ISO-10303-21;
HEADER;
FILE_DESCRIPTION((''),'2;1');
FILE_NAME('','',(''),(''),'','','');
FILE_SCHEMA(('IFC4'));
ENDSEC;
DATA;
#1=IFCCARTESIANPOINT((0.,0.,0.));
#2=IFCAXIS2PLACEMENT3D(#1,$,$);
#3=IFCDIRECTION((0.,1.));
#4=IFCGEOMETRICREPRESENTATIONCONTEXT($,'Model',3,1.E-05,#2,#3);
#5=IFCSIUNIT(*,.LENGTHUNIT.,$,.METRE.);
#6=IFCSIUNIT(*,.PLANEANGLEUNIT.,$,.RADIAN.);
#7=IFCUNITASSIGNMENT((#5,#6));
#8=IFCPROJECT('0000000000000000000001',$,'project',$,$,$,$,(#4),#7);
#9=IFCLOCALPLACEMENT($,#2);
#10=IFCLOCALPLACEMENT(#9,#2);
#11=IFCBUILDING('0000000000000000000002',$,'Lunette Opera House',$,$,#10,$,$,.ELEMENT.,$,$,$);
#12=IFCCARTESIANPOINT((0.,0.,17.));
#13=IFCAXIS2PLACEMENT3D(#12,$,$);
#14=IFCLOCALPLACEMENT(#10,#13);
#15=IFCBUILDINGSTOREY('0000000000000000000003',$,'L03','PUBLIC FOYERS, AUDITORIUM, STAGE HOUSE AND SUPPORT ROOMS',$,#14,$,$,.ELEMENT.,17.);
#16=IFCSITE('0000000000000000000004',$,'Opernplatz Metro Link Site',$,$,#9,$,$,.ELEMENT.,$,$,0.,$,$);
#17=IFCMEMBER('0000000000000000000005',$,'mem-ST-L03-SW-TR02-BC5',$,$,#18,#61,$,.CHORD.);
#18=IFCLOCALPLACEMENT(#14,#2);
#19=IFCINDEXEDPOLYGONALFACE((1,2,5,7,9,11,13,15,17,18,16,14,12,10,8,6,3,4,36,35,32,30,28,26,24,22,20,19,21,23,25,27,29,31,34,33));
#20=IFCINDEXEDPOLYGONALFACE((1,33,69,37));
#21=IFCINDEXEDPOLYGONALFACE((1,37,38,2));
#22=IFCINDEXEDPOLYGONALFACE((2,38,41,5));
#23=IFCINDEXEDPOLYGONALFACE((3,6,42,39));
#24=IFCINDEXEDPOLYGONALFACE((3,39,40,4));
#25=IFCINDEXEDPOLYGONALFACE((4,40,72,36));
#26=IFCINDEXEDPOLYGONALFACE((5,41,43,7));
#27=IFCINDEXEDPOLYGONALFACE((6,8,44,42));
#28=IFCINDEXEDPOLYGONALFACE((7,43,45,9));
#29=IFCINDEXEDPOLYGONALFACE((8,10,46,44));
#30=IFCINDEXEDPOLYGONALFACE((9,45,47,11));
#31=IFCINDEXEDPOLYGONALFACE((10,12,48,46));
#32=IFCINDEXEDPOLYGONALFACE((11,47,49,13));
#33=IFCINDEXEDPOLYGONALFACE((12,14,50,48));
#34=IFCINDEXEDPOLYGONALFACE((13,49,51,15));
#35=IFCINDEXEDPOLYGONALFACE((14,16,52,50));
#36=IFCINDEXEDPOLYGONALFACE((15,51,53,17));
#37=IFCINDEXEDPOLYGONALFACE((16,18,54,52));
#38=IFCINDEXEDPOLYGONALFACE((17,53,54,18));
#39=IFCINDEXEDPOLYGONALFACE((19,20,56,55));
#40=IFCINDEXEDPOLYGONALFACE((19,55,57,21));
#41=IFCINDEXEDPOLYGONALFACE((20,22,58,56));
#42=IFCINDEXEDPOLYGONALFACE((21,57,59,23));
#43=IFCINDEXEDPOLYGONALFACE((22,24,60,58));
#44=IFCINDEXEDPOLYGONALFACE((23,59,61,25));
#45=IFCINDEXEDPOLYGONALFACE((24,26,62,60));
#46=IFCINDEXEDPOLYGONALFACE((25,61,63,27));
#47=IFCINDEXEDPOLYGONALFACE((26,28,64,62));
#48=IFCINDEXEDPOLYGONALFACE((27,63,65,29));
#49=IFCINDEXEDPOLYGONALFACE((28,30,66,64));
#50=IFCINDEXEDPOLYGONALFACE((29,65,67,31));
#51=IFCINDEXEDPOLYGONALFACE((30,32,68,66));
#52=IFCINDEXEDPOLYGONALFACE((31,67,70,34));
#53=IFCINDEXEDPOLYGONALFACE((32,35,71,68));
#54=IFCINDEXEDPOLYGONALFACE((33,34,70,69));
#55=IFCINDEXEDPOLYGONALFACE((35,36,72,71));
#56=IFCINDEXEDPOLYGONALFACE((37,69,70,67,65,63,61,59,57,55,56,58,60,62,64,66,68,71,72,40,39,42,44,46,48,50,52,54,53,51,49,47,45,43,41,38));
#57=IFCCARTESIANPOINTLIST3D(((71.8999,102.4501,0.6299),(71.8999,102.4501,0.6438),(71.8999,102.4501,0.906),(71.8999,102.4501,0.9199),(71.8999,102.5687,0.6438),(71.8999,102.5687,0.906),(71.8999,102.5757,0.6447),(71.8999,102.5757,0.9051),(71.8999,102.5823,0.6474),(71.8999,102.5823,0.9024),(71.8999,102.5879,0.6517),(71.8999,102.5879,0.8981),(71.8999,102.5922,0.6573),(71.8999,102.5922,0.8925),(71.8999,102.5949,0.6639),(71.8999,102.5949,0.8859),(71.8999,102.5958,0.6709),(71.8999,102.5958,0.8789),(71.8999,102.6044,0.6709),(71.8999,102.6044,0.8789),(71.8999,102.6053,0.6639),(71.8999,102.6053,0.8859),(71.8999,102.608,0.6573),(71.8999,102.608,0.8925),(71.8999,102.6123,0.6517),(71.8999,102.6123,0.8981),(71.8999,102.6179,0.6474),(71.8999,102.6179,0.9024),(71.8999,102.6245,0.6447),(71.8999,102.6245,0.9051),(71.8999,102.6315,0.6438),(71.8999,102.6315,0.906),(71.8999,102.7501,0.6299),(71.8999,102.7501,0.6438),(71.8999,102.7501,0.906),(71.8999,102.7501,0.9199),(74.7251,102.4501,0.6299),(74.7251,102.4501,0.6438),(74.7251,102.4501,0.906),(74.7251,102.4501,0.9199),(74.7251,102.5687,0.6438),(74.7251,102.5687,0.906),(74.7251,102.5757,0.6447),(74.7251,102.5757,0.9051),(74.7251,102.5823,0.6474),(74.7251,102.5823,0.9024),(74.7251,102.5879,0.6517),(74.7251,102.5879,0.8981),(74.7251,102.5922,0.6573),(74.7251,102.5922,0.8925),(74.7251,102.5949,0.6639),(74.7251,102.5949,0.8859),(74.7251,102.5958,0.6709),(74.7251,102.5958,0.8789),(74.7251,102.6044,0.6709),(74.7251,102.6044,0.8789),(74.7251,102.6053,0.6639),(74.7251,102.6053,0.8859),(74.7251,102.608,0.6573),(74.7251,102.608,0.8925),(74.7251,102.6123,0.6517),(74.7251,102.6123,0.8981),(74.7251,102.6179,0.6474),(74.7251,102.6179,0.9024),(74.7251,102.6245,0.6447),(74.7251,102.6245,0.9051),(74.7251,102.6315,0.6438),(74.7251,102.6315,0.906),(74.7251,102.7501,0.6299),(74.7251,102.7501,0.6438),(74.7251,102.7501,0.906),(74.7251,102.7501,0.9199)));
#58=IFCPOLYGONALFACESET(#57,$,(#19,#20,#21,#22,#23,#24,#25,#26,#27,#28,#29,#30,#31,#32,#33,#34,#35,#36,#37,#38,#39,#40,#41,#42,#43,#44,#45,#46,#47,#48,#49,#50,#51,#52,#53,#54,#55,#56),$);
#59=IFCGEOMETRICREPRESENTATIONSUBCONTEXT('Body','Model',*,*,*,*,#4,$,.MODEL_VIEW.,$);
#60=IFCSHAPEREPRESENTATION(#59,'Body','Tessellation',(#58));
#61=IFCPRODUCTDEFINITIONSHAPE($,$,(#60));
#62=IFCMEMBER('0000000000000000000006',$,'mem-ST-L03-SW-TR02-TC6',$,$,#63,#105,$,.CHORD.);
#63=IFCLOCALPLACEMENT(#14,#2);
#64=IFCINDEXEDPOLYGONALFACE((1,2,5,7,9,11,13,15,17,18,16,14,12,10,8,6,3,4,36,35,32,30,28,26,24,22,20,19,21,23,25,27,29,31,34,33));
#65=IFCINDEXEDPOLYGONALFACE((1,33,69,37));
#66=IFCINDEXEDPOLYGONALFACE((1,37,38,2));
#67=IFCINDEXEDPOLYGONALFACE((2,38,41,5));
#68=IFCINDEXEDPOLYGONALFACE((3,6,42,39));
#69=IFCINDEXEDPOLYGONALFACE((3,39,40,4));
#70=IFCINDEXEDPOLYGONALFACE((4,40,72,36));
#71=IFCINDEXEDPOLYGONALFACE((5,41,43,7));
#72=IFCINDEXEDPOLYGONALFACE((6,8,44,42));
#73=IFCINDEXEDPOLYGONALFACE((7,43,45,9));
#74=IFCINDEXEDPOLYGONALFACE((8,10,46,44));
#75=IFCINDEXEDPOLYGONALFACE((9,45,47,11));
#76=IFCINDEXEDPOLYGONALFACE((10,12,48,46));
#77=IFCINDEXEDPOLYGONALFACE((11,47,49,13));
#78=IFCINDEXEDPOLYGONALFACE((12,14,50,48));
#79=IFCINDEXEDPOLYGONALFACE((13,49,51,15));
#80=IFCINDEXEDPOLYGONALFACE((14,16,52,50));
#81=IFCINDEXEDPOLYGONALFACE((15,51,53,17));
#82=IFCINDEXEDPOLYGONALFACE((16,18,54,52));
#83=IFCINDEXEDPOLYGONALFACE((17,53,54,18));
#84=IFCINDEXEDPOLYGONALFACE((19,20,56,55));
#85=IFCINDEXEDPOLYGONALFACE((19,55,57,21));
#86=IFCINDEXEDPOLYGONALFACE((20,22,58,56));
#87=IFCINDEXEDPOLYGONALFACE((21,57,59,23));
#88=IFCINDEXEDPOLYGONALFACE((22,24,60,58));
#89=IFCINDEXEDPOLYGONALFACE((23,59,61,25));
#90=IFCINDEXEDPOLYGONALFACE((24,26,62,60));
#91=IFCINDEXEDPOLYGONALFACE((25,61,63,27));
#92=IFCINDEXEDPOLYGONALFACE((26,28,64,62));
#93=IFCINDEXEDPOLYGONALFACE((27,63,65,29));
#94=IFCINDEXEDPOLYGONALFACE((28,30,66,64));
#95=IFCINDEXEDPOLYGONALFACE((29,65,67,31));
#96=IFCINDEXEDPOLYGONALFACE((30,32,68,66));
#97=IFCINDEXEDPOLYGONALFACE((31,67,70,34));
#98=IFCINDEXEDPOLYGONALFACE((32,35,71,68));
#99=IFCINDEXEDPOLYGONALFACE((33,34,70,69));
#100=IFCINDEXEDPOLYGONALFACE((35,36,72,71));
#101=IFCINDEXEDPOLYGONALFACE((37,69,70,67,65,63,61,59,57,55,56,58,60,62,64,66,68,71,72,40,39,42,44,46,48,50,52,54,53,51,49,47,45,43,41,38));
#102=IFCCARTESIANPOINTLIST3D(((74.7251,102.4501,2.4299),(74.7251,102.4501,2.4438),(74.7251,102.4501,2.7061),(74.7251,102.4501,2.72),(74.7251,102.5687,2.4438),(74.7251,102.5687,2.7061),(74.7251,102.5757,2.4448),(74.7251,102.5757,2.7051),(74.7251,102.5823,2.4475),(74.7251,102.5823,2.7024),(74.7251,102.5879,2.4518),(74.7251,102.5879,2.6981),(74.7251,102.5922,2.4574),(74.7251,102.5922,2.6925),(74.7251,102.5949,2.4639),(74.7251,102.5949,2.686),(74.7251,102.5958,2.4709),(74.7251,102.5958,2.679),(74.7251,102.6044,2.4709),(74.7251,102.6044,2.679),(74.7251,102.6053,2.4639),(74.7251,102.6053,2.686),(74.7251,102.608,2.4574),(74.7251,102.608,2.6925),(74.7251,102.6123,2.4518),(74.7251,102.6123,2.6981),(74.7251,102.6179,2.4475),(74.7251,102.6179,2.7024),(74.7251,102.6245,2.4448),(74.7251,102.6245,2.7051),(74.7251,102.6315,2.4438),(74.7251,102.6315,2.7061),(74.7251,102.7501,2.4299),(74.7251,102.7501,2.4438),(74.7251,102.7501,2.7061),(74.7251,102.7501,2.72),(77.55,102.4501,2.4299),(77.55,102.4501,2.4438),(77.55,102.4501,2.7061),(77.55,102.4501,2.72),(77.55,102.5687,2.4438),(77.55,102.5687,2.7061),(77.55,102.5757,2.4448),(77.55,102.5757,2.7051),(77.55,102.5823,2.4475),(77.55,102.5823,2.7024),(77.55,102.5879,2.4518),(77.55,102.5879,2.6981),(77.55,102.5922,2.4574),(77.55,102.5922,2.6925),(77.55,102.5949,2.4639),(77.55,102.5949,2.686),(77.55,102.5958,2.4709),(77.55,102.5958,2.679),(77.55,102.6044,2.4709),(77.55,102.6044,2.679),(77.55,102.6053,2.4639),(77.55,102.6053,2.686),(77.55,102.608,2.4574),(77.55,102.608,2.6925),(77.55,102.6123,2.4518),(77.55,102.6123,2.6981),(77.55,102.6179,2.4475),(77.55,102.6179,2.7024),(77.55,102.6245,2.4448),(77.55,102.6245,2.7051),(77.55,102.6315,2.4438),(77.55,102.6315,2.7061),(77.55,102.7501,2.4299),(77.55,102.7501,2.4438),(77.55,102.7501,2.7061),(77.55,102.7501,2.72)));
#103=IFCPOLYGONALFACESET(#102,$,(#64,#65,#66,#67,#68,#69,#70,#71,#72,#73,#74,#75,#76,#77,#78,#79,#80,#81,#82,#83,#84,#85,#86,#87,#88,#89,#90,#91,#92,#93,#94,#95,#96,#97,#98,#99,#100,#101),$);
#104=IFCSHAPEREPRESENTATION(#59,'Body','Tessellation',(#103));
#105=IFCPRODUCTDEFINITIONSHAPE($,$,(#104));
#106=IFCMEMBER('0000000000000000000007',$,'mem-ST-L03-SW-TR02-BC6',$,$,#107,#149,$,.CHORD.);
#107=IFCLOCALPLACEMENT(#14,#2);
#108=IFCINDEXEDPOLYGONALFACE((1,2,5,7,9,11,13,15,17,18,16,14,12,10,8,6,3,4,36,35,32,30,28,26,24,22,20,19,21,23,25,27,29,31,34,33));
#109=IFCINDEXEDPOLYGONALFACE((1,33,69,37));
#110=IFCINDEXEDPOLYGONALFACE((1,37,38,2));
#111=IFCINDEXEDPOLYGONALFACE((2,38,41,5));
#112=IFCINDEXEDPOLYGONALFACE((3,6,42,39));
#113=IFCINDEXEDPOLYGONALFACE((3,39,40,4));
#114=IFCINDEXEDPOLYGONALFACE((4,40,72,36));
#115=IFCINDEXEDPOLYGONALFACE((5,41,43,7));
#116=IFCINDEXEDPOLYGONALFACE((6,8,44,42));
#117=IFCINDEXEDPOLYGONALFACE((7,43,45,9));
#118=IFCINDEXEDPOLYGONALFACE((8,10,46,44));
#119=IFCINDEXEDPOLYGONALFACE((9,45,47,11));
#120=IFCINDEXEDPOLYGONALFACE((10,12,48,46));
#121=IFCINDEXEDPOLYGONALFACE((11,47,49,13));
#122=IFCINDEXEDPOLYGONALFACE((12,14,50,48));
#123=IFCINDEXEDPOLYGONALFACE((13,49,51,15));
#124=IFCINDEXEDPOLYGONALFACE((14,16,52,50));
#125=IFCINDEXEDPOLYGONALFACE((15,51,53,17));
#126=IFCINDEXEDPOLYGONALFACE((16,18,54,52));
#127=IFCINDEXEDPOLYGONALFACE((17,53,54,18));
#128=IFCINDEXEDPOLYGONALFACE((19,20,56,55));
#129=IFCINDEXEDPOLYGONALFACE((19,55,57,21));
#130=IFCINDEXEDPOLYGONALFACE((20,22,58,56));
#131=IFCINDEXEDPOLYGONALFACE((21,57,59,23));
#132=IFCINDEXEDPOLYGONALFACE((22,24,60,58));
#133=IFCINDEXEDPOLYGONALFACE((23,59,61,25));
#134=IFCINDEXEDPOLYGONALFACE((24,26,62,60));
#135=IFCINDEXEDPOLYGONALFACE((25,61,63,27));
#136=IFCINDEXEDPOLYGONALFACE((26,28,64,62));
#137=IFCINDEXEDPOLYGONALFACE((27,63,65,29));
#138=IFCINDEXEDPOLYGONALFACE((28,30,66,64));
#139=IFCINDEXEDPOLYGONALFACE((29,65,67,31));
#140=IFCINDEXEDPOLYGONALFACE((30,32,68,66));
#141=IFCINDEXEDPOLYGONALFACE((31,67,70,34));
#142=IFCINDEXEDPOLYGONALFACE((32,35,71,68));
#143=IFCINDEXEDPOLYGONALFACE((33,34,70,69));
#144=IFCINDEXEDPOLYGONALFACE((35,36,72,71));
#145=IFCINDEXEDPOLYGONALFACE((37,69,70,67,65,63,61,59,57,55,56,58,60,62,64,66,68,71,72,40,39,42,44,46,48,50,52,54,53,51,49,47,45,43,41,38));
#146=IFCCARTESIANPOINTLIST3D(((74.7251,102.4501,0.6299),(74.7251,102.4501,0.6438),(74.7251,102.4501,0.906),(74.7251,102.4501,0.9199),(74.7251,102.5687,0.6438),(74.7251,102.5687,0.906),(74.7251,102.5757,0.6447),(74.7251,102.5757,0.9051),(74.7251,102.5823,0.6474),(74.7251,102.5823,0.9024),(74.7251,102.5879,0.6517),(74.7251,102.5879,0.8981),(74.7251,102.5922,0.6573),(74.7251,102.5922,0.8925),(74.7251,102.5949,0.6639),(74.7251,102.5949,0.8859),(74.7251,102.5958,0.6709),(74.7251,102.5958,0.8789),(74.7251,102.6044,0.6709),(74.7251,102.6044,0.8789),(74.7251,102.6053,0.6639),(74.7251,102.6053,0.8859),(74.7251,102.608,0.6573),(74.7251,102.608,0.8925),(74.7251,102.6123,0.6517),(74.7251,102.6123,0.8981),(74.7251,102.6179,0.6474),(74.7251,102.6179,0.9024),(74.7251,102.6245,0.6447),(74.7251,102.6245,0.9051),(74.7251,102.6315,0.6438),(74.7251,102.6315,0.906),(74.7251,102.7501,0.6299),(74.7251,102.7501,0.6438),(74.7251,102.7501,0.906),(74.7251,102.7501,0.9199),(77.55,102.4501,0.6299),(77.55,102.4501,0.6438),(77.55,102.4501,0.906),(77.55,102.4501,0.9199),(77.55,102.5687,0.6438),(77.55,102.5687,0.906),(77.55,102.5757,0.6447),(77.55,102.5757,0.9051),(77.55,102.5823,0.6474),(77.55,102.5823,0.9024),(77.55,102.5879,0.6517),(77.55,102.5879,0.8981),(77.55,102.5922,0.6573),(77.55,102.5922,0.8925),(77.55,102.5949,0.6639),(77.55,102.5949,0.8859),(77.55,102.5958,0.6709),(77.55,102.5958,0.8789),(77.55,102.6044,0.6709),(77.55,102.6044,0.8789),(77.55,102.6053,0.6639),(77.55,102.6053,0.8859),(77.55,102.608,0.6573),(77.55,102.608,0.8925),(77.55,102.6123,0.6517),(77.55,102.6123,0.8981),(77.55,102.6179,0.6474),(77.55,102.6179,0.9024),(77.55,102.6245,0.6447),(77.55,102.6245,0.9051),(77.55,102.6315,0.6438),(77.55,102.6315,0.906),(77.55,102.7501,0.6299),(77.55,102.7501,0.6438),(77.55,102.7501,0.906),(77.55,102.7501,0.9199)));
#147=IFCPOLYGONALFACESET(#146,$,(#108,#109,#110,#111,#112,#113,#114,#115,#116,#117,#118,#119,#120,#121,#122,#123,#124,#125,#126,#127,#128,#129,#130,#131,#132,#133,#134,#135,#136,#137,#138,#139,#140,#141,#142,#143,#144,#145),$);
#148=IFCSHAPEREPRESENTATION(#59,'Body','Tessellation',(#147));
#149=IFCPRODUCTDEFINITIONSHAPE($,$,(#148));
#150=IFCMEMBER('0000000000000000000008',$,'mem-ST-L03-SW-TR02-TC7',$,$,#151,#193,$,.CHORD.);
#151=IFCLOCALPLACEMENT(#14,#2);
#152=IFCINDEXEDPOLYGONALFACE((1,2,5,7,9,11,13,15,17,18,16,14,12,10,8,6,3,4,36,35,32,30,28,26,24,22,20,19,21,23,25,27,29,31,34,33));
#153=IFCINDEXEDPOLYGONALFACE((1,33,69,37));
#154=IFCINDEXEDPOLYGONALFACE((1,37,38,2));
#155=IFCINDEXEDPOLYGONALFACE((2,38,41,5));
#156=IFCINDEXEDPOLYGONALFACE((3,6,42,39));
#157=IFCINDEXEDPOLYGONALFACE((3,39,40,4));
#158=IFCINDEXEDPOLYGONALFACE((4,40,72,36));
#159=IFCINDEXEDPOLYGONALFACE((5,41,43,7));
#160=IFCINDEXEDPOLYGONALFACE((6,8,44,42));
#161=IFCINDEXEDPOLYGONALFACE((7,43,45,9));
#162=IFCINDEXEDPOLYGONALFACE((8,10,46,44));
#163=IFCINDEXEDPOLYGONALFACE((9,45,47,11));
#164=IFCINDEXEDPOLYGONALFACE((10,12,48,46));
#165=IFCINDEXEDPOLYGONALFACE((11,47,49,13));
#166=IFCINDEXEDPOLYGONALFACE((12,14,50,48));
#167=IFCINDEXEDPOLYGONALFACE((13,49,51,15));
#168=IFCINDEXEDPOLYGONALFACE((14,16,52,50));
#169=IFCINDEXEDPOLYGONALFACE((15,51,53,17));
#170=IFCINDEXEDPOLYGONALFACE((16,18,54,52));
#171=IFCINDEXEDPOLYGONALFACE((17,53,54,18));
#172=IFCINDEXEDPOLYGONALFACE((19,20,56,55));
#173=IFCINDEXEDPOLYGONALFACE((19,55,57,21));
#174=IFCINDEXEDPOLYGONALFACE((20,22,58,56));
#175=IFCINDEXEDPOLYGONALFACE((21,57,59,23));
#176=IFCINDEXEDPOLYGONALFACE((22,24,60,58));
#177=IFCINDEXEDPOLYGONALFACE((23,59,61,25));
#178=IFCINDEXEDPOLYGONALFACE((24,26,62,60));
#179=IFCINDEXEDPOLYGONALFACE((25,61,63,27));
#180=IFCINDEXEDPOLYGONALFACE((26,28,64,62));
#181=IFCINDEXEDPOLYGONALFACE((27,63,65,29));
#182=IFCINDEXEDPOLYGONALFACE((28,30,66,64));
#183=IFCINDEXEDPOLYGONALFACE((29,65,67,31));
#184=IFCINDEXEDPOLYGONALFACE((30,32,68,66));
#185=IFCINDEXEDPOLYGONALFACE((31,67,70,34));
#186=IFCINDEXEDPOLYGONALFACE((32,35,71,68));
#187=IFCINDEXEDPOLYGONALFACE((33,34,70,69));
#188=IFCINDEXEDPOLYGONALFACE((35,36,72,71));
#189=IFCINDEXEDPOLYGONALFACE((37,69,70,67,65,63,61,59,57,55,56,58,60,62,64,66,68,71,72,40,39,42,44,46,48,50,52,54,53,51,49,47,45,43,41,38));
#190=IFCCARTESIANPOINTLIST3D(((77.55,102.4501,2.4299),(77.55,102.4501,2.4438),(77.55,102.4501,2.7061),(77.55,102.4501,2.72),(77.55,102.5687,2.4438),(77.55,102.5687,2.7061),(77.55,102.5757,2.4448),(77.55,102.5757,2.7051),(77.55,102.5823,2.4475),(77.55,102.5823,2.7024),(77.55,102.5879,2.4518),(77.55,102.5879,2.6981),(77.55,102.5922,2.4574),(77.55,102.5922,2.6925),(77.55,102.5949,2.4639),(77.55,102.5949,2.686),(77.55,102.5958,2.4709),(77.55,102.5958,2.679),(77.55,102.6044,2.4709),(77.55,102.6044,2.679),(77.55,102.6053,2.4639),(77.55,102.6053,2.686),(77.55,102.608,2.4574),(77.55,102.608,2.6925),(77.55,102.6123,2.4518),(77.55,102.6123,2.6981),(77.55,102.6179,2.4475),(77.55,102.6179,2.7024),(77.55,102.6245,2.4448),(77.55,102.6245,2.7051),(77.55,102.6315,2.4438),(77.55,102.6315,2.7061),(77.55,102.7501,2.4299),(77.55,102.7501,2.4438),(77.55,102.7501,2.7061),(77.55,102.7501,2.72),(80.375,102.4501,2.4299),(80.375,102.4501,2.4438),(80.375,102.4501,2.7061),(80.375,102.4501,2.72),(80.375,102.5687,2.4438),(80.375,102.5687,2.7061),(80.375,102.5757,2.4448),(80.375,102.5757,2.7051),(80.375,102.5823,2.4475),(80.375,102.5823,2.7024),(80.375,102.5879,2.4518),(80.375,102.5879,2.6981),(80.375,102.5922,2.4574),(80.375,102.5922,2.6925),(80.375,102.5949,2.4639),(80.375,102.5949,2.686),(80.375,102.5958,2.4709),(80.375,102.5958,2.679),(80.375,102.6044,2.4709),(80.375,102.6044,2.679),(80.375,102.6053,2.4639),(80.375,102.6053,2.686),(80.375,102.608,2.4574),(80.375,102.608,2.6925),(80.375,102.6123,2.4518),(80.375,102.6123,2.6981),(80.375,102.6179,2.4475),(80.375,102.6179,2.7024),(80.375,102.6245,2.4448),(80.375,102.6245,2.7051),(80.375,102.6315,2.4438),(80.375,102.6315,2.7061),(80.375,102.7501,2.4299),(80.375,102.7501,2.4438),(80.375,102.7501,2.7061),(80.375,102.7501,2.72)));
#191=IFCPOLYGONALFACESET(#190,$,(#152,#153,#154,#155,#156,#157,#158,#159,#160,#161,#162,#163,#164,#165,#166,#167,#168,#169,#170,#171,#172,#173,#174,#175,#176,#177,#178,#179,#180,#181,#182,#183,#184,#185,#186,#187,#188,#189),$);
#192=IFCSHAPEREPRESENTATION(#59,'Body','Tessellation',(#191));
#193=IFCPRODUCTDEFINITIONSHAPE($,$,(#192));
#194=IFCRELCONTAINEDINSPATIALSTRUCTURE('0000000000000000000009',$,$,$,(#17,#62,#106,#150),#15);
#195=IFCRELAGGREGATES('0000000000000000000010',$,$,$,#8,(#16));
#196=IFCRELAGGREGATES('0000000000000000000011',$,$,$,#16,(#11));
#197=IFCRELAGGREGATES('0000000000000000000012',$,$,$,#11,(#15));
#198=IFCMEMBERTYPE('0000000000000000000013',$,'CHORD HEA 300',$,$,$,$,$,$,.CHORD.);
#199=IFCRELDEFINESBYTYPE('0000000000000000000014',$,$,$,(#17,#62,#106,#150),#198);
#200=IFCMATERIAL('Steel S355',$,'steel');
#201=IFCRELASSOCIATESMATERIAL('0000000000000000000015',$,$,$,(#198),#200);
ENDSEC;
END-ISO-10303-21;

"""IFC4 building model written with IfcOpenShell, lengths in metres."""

from ifc_helpers import new_model, si_unit, direction, frame, origin, origin_2d, place, context, subcontext, project, spatial, i_section, extrude, material, material_profile, profile_set, type_object, element, save


model = new_model("IFC4")

# Units and contexts
model_context = context("Model", 3, precision=1e-05, world=origin(), true_north=direction((0.0, 1.0)))
body_context = subcontext(model_context, "Body", "Model", "MODEL_VIEW")
ifc_project = project(units=[si_unit("LENGTHUNIT", "METRE"), si_unit("PLANEANGLEUNIT", "RADIAN")], contexts=[model_context])

# Site, building, storey
site_placement = place(None, origin())
site = spatial("IfcSite", under=ifc_project, at=site_placement, Name="Opernplatz Metro Link Site", CompositionType="ELEMENT", RefElevation=0.0)
building_placement = place(site_placement, origin())
building = spatial("IfcBuilding", under=site, at=building_placement, Name="Lunette Opera House", CompositionType="ELEMENT")
storey_placement = place(building_placement, frame((0.0, 0.0, 17.0)))
storey = spatial("IfcBuildingStorey", under=building, at=storey_placement, Name="L03", Description="PUBLIC FOYERS, AUDITORIUM, STAGE HOUSE AND SUPPORT ROOMS", CompositionType="ELEMENT", Elevation=17.0)

# Members
ifc_material_1 = material(Name="Steel S355", Category="steel")
ifc_material_profile_1 = material_profile(ifc_material_1, i_section(OverallWidth=0.3, OverallDepth=0.29, WebThickness=0.0085, FlangeThickness=0.0139, FilletRadius=0.0271, at=origin_2d()), Name="HEA 300")
ifc_profile_set_1 = profile_set([ifc_material_profile_1], Name="Steel S355")
member_type_1 = type_object("IfcMemberType", Name="CHORD HEA 300", PredefinedType="CHORD", material=ifc_profile_set_1)
for number, where, z_axis, x_axis, name in (
    (1, (71.8999, 102.6001, 0.7749), (1.0, 0.0, 0.0), (0.0, 1.0, 0.0), "mem-ST-L03-SW-TR02-BC5"),
):
    element("IfcMember", number, at=place(storey_placement, frame(where, z_axis=z_axis, x_axis=x_axis)), inside=storey, type_object=member_type_1, Name=name, PredefinedType="CHORD", context=body_context, shape_type="SweptSolid", body=[
        extrude(i_section(OverallWidth=0.3, OverallDepth=0.29, WebThickness=0.0085, FlangeThickness=0.0139, FilletRadius=0.0271, at=origin_2d()), origin(), (0.0, 0.0, 1.0), 2.8252),
    ])
for number, where, z_axis, x_axis, name in (
    (2, (74.7251, 102.6001, 2.575), (1.0, 0.0, 0.0), (0.0, 1.0, 0.0), "mem-ST-L03-SW-TR02-TC6"),
    (3, (74.7251, 102.6001, 0.7749), (1.0, 0.0, 0.0), (0.0, 1.0, 0.0), "mem-ST-L03-SW-TR02-BC6"),
    (4, (77.55, 102.6001, 2.575), (1.0, 0.0, 0.0), (0.0, 1.0, 0.0), "mem-ST-L03-SW-TR02-TC7"),
):
    element("IfcMember", number, at=place(storey_placement, frame(where, z_axis=z_axis, x_axis=x_axis)), inside=storey, type_object=member_type_1, Name=name, PredefinedType="CHORD", context=body_context, shape_type="SweptSolid", body=[
        extrude(i_section(OverallWidth=0.3, OverallDepth=0.29, WebThickness=0.0085, FlangeThickness=0.0139, FilletRadius=0.0271, at=origin_2d()), origin(), (0.0, 0.0, 1.0), 2.825),
    ])

save(model, "model.ifc")
